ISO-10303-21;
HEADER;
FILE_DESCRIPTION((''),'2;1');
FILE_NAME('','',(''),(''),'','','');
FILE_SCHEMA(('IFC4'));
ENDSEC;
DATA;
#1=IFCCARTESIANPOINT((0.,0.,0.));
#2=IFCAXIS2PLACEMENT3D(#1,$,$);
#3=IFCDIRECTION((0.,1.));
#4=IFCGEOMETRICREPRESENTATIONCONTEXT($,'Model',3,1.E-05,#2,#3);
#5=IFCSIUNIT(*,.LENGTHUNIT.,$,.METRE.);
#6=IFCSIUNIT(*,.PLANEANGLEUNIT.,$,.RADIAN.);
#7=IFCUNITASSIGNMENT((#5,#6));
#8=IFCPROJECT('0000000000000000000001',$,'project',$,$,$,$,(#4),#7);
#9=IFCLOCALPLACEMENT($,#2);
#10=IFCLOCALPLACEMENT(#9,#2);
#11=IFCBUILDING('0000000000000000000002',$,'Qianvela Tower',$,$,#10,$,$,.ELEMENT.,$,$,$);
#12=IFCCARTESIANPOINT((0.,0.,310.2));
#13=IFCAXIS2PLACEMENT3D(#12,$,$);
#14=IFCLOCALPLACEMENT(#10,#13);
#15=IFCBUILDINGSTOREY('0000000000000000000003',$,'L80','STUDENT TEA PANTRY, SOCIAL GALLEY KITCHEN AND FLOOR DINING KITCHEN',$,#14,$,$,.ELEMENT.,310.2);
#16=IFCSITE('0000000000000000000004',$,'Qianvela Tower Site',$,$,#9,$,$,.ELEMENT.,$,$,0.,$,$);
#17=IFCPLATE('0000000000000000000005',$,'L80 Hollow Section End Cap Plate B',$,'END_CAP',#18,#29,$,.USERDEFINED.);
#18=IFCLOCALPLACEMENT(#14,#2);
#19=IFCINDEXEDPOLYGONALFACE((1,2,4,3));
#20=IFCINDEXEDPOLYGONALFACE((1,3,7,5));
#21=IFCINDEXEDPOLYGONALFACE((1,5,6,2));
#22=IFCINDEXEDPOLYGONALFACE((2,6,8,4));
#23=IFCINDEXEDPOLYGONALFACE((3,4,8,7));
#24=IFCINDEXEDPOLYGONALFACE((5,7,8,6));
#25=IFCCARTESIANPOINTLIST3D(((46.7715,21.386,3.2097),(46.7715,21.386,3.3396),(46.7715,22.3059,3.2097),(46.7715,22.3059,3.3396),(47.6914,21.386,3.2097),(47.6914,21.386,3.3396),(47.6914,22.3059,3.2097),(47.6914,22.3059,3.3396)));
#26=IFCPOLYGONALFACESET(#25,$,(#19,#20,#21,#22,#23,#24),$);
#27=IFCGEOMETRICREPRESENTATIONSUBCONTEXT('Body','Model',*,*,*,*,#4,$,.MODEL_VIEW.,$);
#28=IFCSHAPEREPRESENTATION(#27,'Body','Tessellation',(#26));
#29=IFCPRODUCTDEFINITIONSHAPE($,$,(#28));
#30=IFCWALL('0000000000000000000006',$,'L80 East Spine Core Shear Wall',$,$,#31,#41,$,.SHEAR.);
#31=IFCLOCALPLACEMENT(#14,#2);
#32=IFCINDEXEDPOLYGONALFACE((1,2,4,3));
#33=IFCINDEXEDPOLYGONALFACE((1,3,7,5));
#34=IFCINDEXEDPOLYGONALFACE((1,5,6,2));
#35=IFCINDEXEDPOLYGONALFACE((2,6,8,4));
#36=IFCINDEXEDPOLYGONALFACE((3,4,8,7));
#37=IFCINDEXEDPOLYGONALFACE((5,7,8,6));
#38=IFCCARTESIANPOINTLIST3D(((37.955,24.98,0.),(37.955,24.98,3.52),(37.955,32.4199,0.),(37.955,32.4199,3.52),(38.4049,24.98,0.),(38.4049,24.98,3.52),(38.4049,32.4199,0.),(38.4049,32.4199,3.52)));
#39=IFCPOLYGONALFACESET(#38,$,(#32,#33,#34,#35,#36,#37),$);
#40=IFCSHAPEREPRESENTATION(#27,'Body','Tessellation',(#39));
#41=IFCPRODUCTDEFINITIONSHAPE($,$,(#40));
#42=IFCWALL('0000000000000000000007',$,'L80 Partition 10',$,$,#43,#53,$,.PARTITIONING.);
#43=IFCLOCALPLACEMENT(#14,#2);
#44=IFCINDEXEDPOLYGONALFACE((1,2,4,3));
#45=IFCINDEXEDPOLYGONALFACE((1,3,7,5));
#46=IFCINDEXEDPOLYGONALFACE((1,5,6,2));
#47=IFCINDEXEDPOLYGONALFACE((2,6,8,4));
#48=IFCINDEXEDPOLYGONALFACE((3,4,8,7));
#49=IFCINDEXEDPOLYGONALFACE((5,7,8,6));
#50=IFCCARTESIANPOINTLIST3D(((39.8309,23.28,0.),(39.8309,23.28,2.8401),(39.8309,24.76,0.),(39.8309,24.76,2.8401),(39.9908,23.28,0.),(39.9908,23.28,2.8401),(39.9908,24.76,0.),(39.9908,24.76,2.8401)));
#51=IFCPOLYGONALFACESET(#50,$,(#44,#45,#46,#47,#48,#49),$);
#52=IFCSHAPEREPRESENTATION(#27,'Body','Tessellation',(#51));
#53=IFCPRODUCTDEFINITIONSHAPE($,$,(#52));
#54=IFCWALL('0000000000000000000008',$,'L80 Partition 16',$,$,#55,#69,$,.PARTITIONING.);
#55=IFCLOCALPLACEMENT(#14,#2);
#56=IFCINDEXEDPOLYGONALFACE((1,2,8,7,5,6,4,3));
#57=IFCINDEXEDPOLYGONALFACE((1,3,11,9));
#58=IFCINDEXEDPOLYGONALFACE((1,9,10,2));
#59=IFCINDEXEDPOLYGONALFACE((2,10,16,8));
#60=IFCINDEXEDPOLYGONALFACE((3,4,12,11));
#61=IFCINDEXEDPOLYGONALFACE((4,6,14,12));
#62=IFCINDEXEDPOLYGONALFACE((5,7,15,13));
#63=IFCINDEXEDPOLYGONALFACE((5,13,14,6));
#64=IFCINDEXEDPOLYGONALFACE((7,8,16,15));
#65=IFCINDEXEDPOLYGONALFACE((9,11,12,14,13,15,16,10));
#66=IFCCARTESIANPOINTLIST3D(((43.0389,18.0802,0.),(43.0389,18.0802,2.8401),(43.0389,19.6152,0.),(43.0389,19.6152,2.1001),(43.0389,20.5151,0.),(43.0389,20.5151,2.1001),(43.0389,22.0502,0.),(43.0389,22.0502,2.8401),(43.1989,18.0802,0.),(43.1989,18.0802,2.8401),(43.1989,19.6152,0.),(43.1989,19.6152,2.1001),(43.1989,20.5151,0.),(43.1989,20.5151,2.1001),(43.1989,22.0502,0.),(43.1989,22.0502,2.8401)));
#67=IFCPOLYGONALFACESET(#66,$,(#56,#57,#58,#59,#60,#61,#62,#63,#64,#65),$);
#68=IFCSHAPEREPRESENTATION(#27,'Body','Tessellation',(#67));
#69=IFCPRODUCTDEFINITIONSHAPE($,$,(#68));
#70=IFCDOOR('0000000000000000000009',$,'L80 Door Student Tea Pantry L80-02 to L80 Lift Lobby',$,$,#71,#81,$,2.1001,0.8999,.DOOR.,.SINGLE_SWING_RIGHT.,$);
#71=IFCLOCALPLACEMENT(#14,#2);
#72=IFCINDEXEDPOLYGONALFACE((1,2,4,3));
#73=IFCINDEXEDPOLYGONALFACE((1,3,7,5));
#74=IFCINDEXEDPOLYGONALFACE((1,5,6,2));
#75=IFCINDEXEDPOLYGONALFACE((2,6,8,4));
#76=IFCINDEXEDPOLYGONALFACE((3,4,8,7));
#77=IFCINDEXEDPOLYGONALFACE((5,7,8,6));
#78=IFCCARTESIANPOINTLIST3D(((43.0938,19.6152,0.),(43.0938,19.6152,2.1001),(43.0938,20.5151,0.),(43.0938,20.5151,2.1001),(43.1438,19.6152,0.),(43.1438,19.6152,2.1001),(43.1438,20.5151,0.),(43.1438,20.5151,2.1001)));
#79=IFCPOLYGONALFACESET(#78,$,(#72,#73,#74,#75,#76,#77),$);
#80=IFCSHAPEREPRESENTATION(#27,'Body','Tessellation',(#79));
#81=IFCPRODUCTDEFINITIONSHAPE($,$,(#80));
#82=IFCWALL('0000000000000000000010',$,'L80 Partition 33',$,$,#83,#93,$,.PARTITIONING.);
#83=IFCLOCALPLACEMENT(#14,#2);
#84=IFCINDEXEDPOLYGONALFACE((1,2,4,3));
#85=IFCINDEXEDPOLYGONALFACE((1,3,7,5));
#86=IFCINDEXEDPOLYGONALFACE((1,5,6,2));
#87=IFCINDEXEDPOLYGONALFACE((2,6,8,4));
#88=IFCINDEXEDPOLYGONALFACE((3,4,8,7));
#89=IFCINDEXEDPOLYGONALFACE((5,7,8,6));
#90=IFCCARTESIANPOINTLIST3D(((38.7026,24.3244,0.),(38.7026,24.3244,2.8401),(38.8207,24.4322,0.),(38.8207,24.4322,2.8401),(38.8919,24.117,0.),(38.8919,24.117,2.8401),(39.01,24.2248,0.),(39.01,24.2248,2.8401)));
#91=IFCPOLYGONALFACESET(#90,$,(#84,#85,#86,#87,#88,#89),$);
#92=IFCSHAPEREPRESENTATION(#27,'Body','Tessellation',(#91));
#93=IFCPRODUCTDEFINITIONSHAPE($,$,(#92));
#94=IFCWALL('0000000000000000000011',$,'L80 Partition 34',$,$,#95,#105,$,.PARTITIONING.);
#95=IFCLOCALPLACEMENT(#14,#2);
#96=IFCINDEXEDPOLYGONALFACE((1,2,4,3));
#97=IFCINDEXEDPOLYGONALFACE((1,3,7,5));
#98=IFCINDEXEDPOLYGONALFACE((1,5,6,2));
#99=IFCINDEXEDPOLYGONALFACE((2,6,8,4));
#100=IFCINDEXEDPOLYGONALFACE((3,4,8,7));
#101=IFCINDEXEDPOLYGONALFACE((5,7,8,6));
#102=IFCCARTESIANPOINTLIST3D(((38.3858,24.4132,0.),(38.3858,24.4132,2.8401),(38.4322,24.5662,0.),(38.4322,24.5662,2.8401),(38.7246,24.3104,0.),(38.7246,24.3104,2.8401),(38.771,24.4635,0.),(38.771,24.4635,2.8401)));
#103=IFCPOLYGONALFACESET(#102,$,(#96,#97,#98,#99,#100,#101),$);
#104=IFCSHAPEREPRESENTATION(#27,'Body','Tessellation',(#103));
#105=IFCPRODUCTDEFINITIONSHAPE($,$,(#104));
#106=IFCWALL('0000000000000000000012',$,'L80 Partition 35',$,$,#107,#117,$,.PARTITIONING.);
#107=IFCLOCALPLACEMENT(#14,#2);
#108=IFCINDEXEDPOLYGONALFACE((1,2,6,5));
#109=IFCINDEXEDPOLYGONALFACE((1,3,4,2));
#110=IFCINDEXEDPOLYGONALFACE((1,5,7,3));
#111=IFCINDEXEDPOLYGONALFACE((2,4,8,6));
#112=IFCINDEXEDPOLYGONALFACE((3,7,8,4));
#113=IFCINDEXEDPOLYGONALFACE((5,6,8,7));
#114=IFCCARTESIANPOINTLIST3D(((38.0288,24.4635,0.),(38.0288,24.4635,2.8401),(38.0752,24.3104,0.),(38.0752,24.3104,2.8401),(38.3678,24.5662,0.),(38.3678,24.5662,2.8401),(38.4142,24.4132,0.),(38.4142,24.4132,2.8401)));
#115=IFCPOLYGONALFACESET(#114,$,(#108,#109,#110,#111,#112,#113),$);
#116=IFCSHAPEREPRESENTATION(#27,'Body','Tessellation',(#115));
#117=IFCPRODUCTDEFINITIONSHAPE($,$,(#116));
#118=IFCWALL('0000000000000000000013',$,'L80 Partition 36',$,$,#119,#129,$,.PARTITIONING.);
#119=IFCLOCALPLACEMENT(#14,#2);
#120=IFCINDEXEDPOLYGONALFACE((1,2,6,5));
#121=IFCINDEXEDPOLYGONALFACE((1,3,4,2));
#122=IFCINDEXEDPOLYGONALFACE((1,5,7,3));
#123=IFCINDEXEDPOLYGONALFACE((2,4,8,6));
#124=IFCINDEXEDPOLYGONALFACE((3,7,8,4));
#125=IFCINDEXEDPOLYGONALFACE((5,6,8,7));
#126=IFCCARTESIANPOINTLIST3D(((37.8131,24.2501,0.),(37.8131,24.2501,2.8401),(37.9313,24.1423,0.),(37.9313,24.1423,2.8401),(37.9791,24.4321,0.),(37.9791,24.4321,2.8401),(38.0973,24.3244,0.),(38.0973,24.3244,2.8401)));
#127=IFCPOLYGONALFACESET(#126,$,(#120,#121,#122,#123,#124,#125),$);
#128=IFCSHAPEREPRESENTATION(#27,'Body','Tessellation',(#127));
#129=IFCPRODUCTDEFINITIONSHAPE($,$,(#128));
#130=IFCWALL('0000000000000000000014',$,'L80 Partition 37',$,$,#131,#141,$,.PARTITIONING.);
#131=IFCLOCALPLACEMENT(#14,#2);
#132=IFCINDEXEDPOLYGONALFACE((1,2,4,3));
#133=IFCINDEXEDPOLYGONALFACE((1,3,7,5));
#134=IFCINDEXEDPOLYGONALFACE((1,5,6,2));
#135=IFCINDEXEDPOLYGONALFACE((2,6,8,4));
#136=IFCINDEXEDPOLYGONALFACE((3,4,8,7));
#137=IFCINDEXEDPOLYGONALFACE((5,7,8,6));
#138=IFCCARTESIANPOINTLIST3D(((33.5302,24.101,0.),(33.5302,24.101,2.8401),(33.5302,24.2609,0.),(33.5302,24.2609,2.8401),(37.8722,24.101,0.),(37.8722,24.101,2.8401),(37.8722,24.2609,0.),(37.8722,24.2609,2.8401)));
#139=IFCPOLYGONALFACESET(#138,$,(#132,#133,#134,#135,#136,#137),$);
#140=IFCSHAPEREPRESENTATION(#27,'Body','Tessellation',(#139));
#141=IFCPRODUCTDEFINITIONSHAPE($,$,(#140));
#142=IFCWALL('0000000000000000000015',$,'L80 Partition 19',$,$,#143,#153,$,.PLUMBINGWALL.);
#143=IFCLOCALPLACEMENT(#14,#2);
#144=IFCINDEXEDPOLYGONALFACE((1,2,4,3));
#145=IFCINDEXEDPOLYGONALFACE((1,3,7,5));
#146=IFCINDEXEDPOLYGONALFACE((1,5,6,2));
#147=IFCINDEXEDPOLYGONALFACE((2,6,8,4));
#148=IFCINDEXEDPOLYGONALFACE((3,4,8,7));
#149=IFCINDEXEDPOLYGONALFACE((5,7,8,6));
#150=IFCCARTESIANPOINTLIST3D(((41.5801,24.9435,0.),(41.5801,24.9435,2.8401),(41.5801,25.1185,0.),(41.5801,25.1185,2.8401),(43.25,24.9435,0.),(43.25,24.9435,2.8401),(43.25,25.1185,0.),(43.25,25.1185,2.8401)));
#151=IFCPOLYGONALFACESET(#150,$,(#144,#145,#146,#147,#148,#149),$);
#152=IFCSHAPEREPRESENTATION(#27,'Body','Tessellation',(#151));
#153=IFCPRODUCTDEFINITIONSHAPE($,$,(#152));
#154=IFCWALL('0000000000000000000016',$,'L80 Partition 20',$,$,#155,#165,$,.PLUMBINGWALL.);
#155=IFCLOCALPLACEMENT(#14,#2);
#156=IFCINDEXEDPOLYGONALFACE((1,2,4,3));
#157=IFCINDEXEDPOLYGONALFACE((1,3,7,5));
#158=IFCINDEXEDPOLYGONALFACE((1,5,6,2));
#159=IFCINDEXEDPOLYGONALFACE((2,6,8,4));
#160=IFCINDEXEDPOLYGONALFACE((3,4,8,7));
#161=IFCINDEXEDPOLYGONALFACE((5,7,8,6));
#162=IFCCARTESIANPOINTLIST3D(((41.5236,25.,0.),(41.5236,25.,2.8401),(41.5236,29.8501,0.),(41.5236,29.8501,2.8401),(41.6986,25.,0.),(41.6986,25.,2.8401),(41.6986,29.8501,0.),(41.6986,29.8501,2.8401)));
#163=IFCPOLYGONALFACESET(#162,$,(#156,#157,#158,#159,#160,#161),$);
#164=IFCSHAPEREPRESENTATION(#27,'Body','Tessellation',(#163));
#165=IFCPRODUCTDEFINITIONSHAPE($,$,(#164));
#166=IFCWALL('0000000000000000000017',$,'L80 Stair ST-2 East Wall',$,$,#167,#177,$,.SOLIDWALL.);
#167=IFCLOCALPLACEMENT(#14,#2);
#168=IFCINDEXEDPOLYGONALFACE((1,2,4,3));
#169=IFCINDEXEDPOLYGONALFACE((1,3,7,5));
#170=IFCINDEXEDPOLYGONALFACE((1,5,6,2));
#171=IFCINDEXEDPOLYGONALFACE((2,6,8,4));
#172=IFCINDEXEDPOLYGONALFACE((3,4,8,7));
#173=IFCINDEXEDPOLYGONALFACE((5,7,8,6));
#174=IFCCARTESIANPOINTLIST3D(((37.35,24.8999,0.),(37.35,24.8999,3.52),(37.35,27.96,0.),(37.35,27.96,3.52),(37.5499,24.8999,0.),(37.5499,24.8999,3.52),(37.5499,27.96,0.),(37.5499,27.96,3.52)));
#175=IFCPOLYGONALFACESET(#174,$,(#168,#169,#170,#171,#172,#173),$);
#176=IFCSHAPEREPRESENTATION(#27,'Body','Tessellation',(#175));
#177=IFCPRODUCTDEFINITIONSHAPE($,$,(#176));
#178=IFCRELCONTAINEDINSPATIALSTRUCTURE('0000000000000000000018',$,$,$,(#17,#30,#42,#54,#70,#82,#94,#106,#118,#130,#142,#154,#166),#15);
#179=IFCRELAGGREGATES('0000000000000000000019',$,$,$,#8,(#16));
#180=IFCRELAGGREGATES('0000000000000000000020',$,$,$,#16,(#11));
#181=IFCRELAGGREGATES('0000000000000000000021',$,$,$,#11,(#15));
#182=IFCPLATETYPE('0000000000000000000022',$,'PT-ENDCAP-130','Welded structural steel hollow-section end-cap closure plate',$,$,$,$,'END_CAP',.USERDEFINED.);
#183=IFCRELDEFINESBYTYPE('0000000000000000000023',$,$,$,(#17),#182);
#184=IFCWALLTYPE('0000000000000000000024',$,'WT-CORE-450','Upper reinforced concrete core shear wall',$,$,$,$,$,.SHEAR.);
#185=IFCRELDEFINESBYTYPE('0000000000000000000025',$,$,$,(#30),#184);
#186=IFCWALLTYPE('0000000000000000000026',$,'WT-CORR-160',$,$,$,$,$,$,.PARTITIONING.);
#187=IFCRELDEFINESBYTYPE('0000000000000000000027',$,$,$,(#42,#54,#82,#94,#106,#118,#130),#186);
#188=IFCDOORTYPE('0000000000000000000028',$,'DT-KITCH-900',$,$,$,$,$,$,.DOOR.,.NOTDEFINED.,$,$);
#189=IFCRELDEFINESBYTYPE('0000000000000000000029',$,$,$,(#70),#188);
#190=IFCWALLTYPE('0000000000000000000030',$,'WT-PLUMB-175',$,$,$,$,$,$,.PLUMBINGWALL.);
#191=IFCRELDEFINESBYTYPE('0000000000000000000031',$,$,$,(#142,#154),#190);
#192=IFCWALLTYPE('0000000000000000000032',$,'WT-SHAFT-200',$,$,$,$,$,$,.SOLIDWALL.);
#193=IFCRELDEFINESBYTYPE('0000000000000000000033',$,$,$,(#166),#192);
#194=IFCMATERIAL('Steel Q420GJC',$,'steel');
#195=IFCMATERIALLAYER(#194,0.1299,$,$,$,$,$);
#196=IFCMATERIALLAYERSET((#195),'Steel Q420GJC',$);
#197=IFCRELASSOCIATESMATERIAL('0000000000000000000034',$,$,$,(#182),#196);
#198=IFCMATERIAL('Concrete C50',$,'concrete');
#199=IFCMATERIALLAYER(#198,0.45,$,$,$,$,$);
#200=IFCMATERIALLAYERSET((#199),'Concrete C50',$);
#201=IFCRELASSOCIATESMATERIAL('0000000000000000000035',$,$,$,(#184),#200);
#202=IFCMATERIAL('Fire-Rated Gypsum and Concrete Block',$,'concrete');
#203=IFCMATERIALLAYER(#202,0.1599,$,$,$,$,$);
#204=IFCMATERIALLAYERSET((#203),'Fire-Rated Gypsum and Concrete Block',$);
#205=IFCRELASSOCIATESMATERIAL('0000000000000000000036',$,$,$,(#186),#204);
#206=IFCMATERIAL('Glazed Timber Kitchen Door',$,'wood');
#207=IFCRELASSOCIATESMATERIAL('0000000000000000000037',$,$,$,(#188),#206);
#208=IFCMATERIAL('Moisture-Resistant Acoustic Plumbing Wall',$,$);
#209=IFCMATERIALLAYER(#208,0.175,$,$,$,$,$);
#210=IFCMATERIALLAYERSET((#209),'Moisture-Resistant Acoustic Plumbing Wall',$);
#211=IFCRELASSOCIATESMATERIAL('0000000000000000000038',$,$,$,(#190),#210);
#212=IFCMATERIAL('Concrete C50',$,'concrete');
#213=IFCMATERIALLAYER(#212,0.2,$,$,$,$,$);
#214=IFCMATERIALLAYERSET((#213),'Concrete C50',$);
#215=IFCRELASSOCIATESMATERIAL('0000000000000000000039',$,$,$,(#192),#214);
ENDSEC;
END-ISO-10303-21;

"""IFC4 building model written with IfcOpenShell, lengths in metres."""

from ifc_helpers import new_model, si_unit, direction, frame, frame_2d, origin, origin_2d, place, context, subcontext, project, spatial, rectangle, extrude, material, layer, layer_set, type_object, element, fill, save


model = new_model("IFC4")

# Units and contexts
model_context = context("Model", 3, precision=1e-05, world=origin(), true_north=direction((0.0, 1.0)))
body_context = subcontext(model_context, "Body", "Model", "MODEL_VIEW")
ifc_project = project(units=[si_unit("LENGTHUNIT", "METRE"), si_unit("PLANEANGLEUNIT", "RADIAN")], contexts=[model_context])

# Site, building, storey
site_placement = place(None, origin())
site = spatial("IfcSite", under=ifc_project, at=site_placement, Name="Qianvela Tower Site", CompositionType="ELEMENT", RefElevation=0.0)
building_placement = place(site_placement, origin())
building = spatial("IfcBuilding", under=site, at=building_placement, Name="Qianvela Tower", CompositionType="ELEMENT")
storey_placement = place(building_placement, frame((0.0, 0.0, 310.2)))
storey = spatial("IfcBuildingStorey", under=building, at=storey_placement, Name="L80", Description="STUDENT TEA PANTRY, SOCIAL GALLEY KITCHEN AND FLOOR DINING KITCHEN", CompositionType="ELEMENT", Elevation=310.2)

# Plate
ifc_material_1 = material(Name="Steel Q420GJC", Category="steel")
ifc_layer_1 = layer(ifc_material_1, 0.1299)
ifc_layer_set_1 = layer_set([ifc_layer_1], Name="Steel Q420GJC")
plate_type_1 = type_object("IfcPlateType", Name="PT-ENDCAP-130", Description="Welded structural steel hollow-section end-cap closure plate", ElementType="END_CAP", PredefinedType="USERDEFINED", material=ifc_layer_set_1)
plate_1_placement = place(storey_placement, frame((47.2314, 21.8459, 3.2097), z_axis=(0.0, 0.0, 1.0), x_axis=(1.0, 0.0, 0.0)))
element("IfcPlate", 1, at=plate_1_placement, inside=storey, type_object=plate_type_1, Name="L80 Hollow Section End Cap Plate B", ObjectType="END_CAP", PredefinedType="USERDEFINED", context=body_context, shape_type="SweptSolid", body=[
    extrude(rectangle(XDim=0.9199, YDim=0.9199, at=origin_2d()), origin(), (0.0, 0.0, 1.0), 0.1299),
])

# Walls
ifc_material_2 = material(Name="Concrete C50", Category="concrete")
ifc_layer_2 = layer(ifc_material_2, 0.45)
ifc_layer_set_2 = layer_set([ifc_layer_2], Name="Concrete C50")
wall_type_1 = type_object("IfcWallType", Name="WT-CORE-450", Description="Upper reinforced concrete core shear wall", PredefinedType="SHEAR", material=ifc_layer_set_2)
wall_1_placement = place(storey_placement, frame((38.1799, 24.98, 0.0), z_axis=(0.0, 0.0, 1.0), x_axis=(0.0, 1.0, 0.0)))
element("IfcWall", 2, at=wall_1_placement, inside=storey, type_object=wall_type_1, Name="L80 East Spine Core Shear Wall", PredefinedType="SHEAR", context=body_context, shape_type="SweptSolid", body=[
    extrude(rectangle(XDim=7.4399, YDim=0.45, at=frame_2d((3.72, 0.0))), origin(), (0.0, 0.0, 1.0), 3.52),
])
ifc_material_3 = material(Name="Fire-Rated Gypsum and Concrete Block", Category="concrete")
ifc_layer_3 = layer(ifc_material_3, 0.1599)
ifc_layer_set_3 = layer_set([ifc_layer_3], Name="Fire-Rated Gypsum and Concrete Block")
wall_type_2 = type_object("IfcWallType", Name="WT-CORR-160", PredefinedType="PARTITIONING", material=ifc_layer_set_3)
wall_2_placement = place(storey_placement, frame((39.9109, 23.28, 0.0), z_axis=(0.0, 0.0, 1.0), x_axis=(0.0, 1.0, 0.0)))
element("IfcWall", 3, at=wall_2_placement, inside=storey, type_object=wall_type_2, Name="L80 Partition 10", PredefinedType="PARTITIONING", context=body_context, shape_type="SweptSolid", body=[
    extrude(rectangle(XDim=1.48, YDim=0.1599, at=frame_2d((0.74, 0.0))), origin(), (0.0, 0.0, 1.0), 2.8401),
])

# Wall, opening, door
wall_3_placement = place(storey_placement, frame((43.1189, 22.05, 0.0), z_axis=(0.0, 0.0, 1.0), x_axis=(0.0, -1.0, 0.0)))
wall_3 = element("IfcWall", 4, at=wall_3_placement, inside=storey, type_object=wall_type_2, Name="L80 Partition 16", PredefinedType="PARTITIONING", context=body_context, shape_type="SweptSolid", body=[
    extrude(rectangle(XDim=3.97, YDim=0.1599, at=frame_2d((1.9849, 0.0))), origin(), (0.0, 0.0, 1.0), 2.8401),
])
opening_1_placement = place(wall_3_placement, frame((1.5349, 0.0, 0.0)))
opening_1 = element("IfcOpeningElement", 5, at=opening_1_placement, cuts=wall_3, PredefinedType="OPENING", context=body_context, shape_type="SweptSolid", body=[
    extrude(rectangle(XDim=0.8999, YDim=2.1001, at=frame_2d((0.45, 1.05))), frame((0.0, 0.0898, 0.0), z_axis=(0.0, -1.0, 0.0), x_axis=(1.0, 0.0, 0.0)), (0.0, 0.0, 1.0), 0.1799),
])
ifc_material_4 = material(Name="Glazed Timber Kitchen Door", Category="wood")
door_type_1 = type_object("IfcDoorType", Name="DT-KITCH-900", OperationType="NOTDEFINED", PredefinedType="DOOR", material=ifc_material_4)
door_1_placement = place(opening_1_placement, origin())
door_1 = element("IfcDoor", 6, at=door_1_placement, inside=storey, type_object=door_type_1, Name="L80 Door Student Tea Pantry L80-02 to L80 Lift Lobby", OperationType="SINGLE_SWING_RIGHT", OverallHeight=2.1001, OverallWidth=0.8999, PredefinedType="DOOR", context=body_context, shape_type="SweptSolid", body=[
    extrude(rectangle(XDim=0.8999, YDim=2.1001, at=frame_2d((0.45, 1.05))), frame((0.0, 0.0249, 0.0), z_axis=(0.0, -1.0, 0.0), x_axis=(1.0, 0.0, 0.0)), (0.0, 0.0, 1.0), 0.05),
])
fill(opening_1, door_1)

# Walls
wall_4_placement = place(storey_placement, frame((38.9509, 24.1709, 0.0), z_axis=(0.0, 0.0, 1.0), x_axis=(-0.674187, 0.738561, 0.0)))
element("IfcWall", 7, at=wall_4_placement, inside=storey, type_object=wall_type_2, Name="L80 Partition 33", PredefinedType="PARTITIONING", context=body_context, shape_type="SweptSolid", body=[
    extrude(rectangle(XDim=0.2808, YDim=0.1599, at=frame_2d((0.1404, 0.0))), origin(), (0.0, 0.0, 1.0), 2.8401),
])
wall_5_placement = place(storey_placement, frame((38.7478, 24.387, 0.0), z_axis=(0.0, 0.0, 1.0), x_axis=(-0.956949, 0.290256, 0.0)))
element("IfcWall", 8, at=wall_5_placement, inside=storey, type_object=wall_type_2, Name="L80 Partition 34", PredefinedType="PARTITIONING", context=body_context, shape_type="SweptSolid", body=[
    extrude(rectangle(XDim=0.354, YDim=0.1599, at=frame_2d((0.177, 0.0))), origin(), (0.0, 0.0, 1.0), 2.8401),
])
wall_6_placement = place(storey_placement, frame((38.3911, 24.4897, 0.0), z_axis=(0.0, 0.0, 1.0), x_axis=(-0.957007, -0.290065, 0.0)))
element("IfcWall", 9, at=wall_6_placement, inside=storey, type_object=wall_type_2, Name="L80 Partition 35", PredefinedType="PARTITIONING", context=body_context, shape_type="SweptSolid", body=[
    extrude(rectangle(XDim=0.3542, YDim=0.1599, at=frame_2d((0.1772, 0.0))), origin(), (0.0, 0.0, 1.0), 2.8401),
])
wall_7_placement = place(storey_placement, frame((38.0381, 24.3782, 0.0), z_axis=(0.0, 0.0, 1.0), x_axis=(-0.673658, -0.739043, 0.0)))
element("IfcWall", 10, at=wall_7_placement, inside=storey, type_object=wall_type_2, Name="L80 Partition 36", PredefinedType="PARTITIONING", context=body_context, shape_type="SweptSolid", body=[
    extrude(rectangle(XDim=0.2463, YDim=0.1599, at=frame_2d((0.123, 0.0))), origin(), (0.0, 0.0, 1.0), 2.8401),
])
wall_8_placement = place(storey_placement, frame((37.8721, 24.1809, 0.0), z_axis=(0.0, 0.0, 1.0), x_axis=(-1.0, 0.0, 0.0)))
element("IfcWall", 11, at=wall_8_placement, inside=storey, type_object=wall_type_2, Name="L80 Partition 37", PredefinedType="PARTITIONING", context=body_context, shape_type="SweptSolid", body=[
    extrude(rectangle(XDim=4.342, YDim=0.1599, at=frame_2d((2.1709, 0.0))), origin(), (0.0, 0.0, 1.0), 2.8401),
])
ifc_material_5 = material(Name="Moisture-Resistant Acoustic Plumbing Wall")
ifc_layer_4 = layer(ifc_material_5, 0.175)
ifc_layer_set_4 = layer_set([ifc_layer_4], Name="Moisture-Resistant Acoustic Plumbing Wall")
wall_type_3 = type_object("IfcWallType", Name="WT-PLUMB-175", PredefinedType="PLUMBINGWALL", material=ifc_layer_set_4)
wall_9_placement = place(storey_placement, frame((43.25, 25.031, 0.0), z_axis=(0.0, 0.0, 1.0), x_axis=(-1.0, 0.0, 0.0)))
element("IfcWall", 12, at=wall_9_placement, inside=storey, type_object=wall_type_3, Name="L80 Partition 19", PredefinedType="PLUMBINGWALL", context=body_context, shape_type="SweptSolid", body=[
    extrude(rectangle(XDim=1.6699, YDim=0.175, at=frame_2d((0.835, 0.0))), origin(), (0.0, 0.0, 1.0), 2.8401),
])
wall_10_placement = place(storey_placement, frame((41.6111, 25.0, 0.0), z_axis=(0.0, 0.0, 1.0), x_axis=(0.0, 1.0, 0.0)))
element("IfcWall", 13, at=wall_10_placement, inside=storey, type_object=wall_type_3, Name="L80 Partition 20", PredefinedType="PLUMBINGWALL", context=body_context, shape_type="SweptSolid", body=[
    extrude(rectangle(XDim=4.8501, YDim=0.175, at=frame_2d((2.425, 0.0))), origin(), (0.0, 0.0, 1.0), 2.8401),
])
ifc_material_6 = material(Name="Concrete C50", Category="concrete")
ifc_layer_5 = layer(ifc_material_6, 0.2)
ifc_layer_set_5 = layer_set([ifc_layer_5], Name="Concrete C50")
wall_type_4 = type_object("IfcWallType", Name="WT-SHAFT-200", PredefinedType="SOLIDWALL", material=ifc_layer_set_5)
wall_11_placement = place(storey_placement, frame((37.45, 24.8999, 0.0), z_axis=(0.0, 0.0, 1.0), x_axis=(0.0, 1.0, 0.0)))
element("IfcWall", 14, at=wall_11_placement, inside=storey, type_object=wall_type_4, Name="L80 Stair ST-2 East Wall", PredefinedType="SOLIDWALL", context=body_context, shape_type="SweptSolid", body=[
    extrude(rectangle(XDim=3.0601, YDim=0.2, at=frame_2d((1.53, 0.0))), origin(), (0.0, 0.0, 1.0), 3.52),
])

save(model, "model.ifc")
